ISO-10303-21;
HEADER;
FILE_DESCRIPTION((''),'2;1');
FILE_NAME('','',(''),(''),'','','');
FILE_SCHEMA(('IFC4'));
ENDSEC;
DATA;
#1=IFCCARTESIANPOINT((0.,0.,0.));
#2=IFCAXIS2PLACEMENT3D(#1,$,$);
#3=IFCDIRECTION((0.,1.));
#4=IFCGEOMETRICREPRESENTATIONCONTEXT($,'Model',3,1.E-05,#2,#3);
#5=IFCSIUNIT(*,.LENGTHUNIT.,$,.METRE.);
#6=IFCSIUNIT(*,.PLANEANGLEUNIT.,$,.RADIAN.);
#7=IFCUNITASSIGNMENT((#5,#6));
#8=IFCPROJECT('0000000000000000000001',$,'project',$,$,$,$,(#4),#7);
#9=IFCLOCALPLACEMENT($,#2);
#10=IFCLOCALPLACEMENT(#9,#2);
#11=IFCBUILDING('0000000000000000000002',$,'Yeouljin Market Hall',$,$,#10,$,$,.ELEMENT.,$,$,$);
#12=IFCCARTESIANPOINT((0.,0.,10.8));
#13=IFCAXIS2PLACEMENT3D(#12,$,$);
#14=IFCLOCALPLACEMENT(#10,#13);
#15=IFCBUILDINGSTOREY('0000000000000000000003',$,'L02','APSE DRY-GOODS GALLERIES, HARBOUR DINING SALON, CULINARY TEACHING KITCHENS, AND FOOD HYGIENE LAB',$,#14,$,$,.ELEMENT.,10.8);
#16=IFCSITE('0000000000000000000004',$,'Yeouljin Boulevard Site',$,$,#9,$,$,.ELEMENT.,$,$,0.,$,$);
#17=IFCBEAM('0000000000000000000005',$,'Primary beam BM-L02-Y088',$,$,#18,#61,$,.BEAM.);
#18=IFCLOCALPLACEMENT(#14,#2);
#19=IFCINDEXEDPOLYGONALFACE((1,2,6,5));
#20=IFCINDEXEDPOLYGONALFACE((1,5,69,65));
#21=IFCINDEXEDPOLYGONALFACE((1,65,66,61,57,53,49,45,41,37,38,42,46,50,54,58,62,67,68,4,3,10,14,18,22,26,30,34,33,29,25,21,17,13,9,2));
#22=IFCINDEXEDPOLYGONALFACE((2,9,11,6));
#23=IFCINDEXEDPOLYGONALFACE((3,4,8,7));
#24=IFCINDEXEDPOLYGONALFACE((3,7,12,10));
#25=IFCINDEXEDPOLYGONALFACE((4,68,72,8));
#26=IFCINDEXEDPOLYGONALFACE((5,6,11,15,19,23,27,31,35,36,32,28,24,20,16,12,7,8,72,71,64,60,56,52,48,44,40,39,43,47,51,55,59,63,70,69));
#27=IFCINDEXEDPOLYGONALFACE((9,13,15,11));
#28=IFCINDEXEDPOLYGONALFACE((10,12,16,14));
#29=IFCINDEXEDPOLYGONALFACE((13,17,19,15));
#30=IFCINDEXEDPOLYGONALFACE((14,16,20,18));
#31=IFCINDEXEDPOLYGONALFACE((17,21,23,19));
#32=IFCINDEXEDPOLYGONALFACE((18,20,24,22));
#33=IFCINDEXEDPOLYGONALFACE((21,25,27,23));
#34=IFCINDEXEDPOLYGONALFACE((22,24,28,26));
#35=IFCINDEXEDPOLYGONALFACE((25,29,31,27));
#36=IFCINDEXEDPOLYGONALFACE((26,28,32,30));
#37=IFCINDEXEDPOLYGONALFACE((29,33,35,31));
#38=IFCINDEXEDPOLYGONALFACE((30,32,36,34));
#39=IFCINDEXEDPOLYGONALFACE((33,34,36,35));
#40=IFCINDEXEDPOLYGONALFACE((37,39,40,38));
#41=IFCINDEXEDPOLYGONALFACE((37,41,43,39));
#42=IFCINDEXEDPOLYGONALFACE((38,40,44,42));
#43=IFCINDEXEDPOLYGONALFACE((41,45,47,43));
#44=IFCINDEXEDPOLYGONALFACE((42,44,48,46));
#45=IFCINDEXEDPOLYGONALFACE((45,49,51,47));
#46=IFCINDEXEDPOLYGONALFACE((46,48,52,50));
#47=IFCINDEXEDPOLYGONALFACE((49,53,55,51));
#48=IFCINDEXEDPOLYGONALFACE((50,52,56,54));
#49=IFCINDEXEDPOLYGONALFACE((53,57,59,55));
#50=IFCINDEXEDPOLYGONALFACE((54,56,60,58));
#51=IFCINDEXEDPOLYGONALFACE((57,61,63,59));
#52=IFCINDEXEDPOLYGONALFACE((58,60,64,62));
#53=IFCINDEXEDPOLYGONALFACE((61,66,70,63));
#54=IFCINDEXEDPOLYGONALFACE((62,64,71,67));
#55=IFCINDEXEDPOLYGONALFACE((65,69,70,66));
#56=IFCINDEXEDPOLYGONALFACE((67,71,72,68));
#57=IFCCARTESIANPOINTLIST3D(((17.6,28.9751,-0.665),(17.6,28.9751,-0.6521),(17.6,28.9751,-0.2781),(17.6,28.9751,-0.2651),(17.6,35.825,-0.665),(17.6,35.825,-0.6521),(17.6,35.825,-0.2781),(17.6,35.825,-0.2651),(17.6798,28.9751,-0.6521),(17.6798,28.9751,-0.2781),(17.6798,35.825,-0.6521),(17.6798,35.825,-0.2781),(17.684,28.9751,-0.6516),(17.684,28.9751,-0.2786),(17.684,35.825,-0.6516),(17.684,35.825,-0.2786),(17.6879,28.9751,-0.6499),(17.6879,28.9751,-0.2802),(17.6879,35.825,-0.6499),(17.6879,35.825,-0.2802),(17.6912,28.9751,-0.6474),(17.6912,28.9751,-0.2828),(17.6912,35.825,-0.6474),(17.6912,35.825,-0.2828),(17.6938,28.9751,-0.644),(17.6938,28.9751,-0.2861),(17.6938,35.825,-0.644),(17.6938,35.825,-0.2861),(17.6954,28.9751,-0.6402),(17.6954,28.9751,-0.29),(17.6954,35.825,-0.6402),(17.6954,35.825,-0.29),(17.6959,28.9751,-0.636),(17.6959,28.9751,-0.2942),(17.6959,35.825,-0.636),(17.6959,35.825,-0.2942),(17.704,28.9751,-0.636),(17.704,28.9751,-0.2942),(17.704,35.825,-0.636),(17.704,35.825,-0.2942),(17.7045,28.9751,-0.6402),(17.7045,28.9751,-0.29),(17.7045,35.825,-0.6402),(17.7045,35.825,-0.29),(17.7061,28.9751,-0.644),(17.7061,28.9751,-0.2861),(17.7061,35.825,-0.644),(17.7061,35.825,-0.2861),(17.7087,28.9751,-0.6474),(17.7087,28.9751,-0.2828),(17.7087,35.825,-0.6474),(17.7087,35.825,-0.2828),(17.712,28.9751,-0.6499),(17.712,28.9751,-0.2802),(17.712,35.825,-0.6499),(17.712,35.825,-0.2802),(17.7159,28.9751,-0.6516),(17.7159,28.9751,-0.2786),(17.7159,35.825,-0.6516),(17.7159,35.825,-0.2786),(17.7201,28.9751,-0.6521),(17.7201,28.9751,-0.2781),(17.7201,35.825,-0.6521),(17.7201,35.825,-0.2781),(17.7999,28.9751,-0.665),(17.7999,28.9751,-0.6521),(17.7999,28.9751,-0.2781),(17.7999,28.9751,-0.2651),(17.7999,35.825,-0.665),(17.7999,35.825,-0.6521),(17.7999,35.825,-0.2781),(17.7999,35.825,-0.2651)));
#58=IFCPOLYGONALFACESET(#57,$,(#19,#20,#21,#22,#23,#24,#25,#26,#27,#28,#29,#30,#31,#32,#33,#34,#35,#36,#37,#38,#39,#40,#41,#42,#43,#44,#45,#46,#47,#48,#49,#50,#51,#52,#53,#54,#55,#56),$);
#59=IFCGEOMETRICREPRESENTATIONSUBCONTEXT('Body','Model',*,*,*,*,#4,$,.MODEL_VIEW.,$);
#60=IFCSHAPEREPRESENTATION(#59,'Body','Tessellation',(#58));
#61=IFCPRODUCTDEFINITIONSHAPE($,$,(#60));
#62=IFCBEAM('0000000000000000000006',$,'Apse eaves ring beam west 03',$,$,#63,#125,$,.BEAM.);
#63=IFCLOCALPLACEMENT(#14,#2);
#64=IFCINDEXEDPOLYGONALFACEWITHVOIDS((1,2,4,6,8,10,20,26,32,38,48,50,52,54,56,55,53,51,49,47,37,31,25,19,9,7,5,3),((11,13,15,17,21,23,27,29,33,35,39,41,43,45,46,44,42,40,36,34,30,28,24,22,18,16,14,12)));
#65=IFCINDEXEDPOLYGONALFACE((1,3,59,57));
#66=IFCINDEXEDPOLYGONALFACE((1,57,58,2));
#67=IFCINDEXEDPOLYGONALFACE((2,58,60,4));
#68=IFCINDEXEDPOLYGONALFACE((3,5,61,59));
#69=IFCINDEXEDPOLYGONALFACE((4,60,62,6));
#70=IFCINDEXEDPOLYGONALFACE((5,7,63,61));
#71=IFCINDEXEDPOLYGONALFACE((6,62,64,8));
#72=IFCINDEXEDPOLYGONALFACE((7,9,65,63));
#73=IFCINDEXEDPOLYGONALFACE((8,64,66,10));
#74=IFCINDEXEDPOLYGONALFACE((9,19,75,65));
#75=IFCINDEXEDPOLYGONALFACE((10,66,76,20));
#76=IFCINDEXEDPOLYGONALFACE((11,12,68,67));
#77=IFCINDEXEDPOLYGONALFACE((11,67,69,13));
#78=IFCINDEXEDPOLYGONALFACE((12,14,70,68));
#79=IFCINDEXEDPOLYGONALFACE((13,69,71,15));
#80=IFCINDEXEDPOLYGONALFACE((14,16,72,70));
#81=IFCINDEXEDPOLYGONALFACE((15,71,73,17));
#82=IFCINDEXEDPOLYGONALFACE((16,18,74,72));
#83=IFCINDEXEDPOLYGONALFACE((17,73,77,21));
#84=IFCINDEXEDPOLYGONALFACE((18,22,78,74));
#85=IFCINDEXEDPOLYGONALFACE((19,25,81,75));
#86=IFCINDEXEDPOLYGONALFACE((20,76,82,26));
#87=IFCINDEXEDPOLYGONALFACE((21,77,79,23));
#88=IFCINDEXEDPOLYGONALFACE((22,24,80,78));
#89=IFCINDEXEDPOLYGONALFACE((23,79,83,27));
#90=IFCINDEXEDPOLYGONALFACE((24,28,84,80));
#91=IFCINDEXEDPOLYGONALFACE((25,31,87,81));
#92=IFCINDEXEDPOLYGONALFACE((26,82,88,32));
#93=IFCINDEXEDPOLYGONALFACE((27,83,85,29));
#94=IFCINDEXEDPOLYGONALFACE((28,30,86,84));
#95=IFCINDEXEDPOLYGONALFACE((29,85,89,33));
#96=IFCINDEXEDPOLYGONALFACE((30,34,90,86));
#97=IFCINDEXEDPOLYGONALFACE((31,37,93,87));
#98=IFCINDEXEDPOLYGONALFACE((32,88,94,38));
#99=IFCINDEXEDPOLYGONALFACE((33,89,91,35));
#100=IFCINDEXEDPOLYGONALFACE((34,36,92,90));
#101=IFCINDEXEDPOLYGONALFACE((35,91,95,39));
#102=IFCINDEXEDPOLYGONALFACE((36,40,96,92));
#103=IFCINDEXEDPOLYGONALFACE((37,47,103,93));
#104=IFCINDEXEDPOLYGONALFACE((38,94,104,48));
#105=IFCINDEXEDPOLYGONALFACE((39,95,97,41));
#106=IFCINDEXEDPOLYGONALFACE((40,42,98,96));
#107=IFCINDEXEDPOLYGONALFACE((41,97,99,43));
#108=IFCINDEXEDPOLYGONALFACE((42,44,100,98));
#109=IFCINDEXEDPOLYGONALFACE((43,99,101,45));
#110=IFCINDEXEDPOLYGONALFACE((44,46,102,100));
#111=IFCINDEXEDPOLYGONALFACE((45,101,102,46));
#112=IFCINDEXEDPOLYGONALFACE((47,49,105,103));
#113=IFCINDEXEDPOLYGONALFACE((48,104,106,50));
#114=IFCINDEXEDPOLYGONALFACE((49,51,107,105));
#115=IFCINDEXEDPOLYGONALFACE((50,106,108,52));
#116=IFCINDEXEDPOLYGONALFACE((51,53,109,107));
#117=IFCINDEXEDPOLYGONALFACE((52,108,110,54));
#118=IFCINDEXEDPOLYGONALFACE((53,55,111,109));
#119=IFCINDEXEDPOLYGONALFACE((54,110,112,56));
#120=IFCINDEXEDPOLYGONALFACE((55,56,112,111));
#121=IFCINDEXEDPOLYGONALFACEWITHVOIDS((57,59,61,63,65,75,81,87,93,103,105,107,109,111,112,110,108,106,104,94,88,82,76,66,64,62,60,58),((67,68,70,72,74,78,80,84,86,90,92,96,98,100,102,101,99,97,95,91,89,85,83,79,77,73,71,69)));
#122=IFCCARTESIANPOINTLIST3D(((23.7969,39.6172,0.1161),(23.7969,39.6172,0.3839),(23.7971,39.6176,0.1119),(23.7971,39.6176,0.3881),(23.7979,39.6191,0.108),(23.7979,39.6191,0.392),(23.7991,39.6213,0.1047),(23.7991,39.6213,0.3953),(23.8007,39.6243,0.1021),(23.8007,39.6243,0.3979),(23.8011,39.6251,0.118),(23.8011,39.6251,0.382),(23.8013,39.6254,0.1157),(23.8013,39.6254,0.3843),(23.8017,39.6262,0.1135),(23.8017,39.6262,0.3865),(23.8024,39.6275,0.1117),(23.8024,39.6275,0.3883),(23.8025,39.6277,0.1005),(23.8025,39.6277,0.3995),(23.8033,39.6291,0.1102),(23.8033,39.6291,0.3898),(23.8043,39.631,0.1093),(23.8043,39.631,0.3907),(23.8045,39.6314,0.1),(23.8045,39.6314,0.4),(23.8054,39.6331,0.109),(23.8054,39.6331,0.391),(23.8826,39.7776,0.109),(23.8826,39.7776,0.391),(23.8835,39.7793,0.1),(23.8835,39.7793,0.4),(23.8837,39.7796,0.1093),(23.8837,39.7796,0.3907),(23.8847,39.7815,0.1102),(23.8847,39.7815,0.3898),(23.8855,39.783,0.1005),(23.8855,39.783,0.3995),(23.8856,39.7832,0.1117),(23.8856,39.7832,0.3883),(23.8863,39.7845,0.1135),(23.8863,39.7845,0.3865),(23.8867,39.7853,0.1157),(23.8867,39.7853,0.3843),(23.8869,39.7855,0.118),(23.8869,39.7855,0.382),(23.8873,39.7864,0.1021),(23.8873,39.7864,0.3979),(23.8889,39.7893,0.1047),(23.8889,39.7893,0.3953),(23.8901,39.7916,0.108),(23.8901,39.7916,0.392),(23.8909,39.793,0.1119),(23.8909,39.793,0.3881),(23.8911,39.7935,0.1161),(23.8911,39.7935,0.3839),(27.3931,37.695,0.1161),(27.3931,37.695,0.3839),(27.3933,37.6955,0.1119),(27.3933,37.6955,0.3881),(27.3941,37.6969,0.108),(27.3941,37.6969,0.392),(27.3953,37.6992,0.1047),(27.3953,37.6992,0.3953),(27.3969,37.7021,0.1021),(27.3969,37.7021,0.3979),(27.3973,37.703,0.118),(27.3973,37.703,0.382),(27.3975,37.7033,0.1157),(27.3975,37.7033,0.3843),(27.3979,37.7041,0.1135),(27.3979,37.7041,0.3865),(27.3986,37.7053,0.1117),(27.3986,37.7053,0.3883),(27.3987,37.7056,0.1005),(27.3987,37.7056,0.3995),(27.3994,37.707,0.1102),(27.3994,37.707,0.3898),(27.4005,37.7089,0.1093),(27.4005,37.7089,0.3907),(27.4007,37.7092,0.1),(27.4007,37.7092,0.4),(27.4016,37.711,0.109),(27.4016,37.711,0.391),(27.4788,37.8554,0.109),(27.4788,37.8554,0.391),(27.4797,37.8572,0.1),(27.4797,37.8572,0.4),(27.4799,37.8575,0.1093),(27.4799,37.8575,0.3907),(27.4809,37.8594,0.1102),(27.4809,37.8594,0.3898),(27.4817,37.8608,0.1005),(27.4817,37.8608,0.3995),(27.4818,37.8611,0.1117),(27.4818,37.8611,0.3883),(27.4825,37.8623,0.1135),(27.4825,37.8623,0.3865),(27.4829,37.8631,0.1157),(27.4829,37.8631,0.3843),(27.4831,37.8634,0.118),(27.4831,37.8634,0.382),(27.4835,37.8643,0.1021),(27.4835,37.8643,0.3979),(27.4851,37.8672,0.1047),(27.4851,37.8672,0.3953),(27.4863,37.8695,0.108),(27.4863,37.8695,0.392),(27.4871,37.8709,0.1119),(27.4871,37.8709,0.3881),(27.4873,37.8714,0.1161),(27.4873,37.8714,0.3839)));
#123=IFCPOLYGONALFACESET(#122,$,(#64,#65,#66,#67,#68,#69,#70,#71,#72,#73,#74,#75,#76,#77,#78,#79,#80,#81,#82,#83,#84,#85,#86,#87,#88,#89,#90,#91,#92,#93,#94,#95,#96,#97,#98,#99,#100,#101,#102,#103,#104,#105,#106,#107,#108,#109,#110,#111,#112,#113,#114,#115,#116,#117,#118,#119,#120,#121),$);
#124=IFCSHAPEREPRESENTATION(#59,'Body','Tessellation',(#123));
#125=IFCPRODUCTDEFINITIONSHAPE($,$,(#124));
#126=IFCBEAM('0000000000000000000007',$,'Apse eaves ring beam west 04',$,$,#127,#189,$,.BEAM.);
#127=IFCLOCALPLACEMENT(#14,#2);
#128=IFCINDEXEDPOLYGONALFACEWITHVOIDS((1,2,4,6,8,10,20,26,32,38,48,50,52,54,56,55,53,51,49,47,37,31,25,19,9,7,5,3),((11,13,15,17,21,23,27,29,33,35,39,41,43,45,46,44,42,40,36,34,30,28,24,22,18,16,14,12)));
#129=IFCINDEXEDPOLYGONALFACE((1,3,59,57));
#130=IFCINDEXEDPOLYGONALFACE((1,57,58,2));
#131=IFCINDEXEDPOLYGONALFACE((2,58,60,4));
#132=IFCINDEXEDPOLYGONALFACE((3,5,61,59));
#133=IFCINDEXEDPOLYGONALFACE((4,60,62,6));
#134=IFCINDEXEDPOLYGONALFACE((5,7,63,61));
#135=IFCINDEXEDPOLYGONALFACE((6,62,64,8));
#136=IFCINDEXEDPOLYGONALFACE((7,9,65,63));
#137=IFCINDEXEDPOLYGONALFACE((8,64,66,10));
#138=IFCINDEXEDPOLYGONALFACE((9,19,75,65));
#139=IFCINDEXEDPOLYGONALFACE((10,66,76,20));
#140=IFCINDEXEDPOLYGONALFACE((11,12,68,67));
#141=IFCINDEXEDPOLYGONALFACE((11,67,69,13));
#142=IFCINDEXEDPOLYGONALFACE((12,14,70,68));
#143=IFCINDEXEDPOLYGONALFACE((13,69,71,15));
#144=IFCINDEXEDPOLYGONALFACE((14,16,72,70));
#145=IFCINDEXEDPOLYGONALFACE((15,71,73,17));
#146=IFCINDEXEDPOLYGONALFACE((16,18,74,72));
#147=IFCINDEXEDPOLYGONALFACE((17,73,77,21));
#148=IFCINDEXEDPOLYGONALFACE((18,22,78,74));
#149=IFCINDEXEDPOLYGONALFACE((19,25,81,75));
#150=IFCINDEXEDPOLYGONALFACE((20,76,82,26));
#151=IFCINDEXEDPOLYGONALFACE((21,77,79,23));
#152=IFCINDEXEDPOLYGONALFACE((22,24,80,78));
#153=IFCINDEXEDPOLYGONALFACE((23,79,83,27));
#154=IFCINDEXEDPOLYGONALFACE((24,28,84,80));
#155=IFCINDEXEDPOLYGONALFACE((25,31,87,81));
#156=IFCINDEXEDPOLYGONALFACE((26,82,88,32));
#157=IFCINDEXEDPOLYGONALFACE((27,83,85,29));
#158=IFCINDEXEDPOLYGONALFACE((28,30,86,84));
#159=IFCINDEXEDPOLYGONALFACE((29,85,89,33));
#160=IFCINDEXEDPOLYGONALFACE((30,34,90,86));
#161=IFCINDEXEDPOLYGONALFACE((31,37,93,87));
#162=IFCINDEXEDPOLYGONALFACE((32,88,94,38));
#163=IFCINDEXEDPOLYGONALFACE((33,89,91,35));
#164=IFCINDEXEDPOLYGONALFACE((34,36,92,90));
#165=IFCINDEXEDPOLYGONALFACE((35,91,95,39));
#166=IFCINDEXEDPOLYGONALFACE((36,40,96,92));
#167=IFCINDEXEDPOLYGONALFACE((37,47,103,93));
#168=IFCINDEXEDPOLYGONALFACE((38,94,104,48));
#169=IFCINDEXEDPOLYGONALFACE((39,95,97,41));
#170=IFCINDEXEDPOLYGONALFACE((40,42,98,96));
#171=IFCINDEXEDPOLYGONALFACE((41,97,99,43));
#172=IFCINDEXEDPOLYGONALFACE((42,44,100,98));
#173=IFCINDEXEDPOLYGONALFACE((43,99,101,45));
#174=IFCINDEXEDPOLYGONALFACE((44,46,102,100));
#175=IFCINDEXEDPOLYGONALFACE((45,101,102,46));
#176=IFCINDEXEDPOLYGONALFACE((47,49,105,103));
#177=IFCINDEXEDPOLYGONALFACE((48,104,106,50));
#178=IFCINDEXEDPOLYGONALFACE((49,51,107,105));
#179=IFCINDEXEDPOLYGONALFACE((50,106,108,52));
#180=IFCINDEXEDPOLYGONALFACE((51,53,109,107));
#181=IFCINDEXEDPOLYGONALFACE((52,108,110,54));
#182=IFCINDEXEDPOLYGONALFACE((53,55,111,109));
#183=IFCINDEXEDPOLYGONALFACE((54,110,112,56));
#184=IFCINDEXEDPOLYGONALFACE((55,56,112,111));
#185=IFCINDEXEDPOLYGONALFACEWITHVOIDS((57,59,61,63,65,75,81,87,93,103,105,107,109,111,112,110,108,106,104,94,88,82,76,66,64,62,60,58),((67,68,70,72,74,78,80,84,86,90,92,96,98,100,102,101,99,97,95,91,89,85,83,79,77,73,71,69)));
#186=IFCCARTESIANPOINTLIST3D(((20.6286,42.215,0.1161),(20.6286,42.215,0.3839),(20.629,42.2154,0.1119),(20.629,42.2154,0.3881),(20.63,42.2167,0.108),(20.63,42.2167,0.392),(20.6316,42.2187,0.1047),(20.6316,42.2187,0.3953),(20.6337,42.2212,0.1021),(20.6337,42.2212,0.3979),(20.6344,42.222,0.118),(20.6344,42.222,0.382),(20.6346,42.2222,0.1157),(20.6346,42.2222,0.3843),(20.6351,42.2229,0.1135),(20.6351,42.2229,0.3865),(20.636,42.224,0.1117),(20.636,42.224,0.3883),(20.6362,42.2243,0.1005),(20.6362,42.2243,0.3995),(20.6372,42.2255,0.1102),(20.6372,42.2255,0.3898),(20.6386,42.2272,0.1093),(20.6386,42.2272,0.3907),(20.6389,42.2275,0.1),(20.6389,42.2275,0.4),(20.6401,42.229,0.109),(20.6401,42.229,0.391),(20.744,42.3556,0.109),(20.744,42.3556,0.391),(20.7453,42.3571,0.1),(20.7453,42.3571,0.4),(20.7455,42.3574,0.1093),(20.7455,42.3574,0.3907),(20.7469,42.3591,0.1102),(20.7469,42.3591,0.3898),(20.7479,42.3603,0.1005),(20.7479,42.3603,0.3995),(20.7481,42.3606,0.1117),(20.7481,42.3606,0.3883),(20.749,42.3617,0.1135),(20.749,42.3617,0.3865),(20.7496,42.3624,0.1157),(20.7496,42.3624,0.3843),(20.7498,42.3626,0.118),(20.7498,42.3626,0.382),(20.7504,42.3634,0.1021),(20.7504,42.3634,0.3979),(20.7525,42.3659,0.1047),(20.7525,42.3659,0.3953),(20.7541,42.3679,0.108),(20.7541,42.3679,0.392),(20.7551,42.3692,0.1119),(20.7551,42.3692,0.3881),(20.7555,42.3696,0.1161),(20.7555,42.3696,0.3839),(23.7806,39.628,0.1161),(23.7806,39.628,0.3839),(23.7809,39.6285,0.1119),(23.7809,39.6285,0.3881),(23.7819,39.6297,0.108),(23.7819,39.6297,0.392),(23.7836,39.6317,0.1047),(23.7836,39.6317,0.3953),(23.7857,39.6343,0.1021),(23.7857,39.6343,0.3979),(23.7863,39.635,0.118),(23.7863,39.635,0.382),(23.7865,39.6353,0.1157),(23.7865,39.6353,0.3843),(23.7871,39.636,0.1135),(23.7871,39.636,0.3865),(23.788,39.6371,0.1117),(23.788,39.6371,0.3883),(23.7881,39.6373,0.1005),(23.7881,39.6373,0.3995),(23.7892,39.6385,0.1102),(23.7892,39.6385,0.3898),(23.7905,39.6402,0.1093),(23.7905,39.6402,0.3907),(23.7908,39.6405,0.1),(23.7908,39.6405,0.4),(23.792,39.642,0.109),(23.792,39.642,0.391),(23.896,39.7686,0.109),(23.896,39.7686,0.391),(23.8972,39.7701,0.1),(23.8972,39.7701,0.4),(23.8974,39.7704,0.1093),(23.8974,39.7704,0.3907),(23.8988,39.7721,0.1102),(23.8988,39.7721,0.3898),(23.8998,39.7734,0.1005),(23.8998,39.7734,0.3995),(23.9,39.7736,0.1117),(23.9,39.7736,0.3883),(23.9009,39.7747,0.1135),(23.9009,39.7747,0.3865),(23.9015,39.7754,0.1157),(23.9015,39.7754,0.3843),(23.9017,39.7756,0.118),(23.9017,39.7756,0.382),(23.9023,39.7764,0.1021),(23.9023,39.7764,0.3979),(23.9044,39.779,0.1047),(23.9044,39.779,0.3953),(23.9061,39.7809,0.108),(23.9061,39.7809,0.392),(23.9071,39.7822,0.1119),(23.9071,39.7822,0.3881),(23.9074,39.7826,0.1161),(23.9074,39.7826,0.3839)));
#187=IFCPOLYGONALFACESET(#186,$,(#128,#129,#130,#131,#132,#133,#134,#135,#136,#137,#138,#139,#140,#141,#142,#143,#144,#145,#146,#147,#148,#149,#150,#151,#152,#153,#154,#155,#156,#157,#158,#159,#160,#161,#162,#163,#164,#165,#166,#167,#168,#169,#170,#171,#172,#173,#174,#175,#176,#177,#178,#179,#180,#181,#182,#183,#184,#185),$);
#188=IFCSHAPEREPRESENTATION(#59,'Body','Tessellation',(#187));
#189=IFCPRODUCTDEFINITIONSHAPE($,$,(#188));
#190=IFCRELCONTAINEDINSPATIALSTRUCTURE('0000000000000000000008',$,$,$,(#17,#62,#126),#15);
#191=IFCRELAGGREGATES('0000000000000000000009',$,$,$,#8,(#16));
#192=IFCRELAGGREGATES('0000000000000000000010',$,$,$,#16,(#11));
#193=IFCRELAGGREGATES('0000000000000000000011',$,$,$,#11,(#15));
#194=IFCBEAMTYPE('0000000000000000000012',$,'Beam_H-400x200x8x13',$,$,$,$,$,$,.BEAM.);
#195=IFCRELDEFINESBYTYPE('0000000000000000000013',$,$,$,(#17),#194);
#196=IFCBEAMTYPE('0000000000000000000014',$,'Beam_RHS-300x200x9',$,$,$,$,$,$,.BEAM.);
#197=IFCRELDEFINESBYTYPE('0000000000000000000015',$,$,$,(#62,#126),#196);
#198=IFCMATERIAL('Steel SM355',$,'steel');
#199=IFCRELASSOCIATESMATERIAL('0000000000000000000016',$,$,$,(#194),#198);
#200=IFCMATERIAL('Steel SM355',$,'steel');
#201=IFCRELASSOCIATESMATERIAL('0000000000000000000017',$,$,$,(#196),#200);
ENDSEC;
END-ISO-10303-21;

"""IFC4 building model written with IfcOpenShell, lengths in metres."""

from ifc_helpers import new_model, si_unit, direction, frame, origin, origin_2d, place, context, subcontext, project, spatial, hollow_rectangle, i_section, extrude, material, material_profile, profile_set, type_object, element, save


model = new_model("IFC4")

# Units and contexts
model_context = context("Model", 3, precision=1e-05, world=origin(), true_north=direction((0.0, 1.0)))
body_context = subcontext(model_context, "Body", "Model", "MODEL_VIEW")
ifc_project = project(units=[si_unit("LENGTHUNIT", "METRE"), si_unit("PLANEANGLEUNIT", "RADIAN")], contexts=[model_context])

# Site, building, storey
site_placement = place(None, origin())
site = spatial("IfcSite", under=ifc_project, at=site_placement, Name="Yeouljin Boulevard Site", CompositionType="ELEMENT", RefElevation=0.0)
building_placement = place(site_placement, origin())
building = spatial("IfcBuilding", under=site, at=building_placement, Name="Yeouljin Market Hall", CompositionType="ELEMENT")
storey_placement = place(building_placement, frame((0.0, 0.0, 10.8)))
storey = spatial("IfcBuildingStorey", under=building, at=storey_placement, Name="L02", Description="APSE DRY-GOODS GALLERIES, HARBOUR DINING SALON, CULINARY TEACHING KITCHENS, AND FOOD HYGIENE LAB", CompositionType="ELEMENT", Elevation=10.8)

# Beams
ifc_material_1 = material(Name="Steel SM355", Category="steel")
ifc_material_profile_1 = material_profile(ifc_material_1, i_section(OverallWidth=0.2, OverallDepth=0.3999, WebThickness=0.0081, FlangeThickness=0.0129, FilletRadius=0.0161, at=origin_2d()), Name="H-400x200x8x13")
ifc_profile_set_1 = profile_set([ifc_material_profile_1], Name="Steel SM355")
beam_type_1 = type_object("IfcBeamType", Name="Beam_H-400x200x8x13", PredefinedType="BEAM", material=ifc_profile_set_1)
beam_1_placement = place(storey_placement, frame((17.7, 28.9751, -0.4651), z_axis=(0.0, 1.0, 0.0), x_axis=(-1.0, 0.0, 0.0)))
element("IfcBeam", 1, at=beam_1_placement, inside=storey, type_object=beam_type_1, Name="Primary beam BM-L02-Y088", PredefinedType="BEAM", context=body_context, shape_type="SweptSolid", body=[
    extrude(i_section(OverallWidth=0.2, OverallDepth=0.3999, WebThickness=0.0081, FlangeThickness=0.0129, FilletRadius=0.0161, at=origin_2d()), origin(), (0.0, 0.0, 1.0), 6.8499),
])
ifc_material_2 = material(Name="Steel SM355", Category="steel")
ifc_material_profile_2 = material_profile(ifc_material_2, hollow_rectangle(XDim=0.2, YDim=0.3, WallThickness=0.009, InnerFilletRadius=0.009, OuterFilletRadius=0.0161, at=origin_2d()), Name="RHS-300x200x9")
ifc_profile_set_2 = profile_set([ifc_material_profile_2], Name="Steel SM355")
beam_type_2 = type_object("IfcBeamType", Name="Beam_RHS-300x200x9", PredefinedType="BEAM", material=ifc_profile_set_2)
for number, where, z_axis, x_axis, name in (
    (2, (27.4402, 37.7832, 0.25), (-0.88193, 0.47138, 0.0), (-0.47138, -0.88193, 0.0), "Apse eaves ring beam west 03"),
    (3, (23.844, 39.7053, 0.25), (-0.77298, 0.63443, 0.0), (-0.63443, -0.77298, 0.0), "Apse eaves ring beam west 04"),
):
    element("IfcBeam", number, at=place(storey_placement, frame(where, z_axis=z_axis, x_axis=x_axis)), inside=storey, type_object=beam_type_2, Name=name, PredefinedType="BEAM", context=body_context, shape_type="SweptSolid", body=[
        extrude(hollow_rectangle(XDim=0.2, YDim=0.3, WallThickness=0.009, InnerFilletRadius=0.009, OuterFilletRadius=0.0161, at=origin_2d()), origin(), (0.0, 0.0, 1.0), 4.0776),
    ])

save(model, "model.ifc")
